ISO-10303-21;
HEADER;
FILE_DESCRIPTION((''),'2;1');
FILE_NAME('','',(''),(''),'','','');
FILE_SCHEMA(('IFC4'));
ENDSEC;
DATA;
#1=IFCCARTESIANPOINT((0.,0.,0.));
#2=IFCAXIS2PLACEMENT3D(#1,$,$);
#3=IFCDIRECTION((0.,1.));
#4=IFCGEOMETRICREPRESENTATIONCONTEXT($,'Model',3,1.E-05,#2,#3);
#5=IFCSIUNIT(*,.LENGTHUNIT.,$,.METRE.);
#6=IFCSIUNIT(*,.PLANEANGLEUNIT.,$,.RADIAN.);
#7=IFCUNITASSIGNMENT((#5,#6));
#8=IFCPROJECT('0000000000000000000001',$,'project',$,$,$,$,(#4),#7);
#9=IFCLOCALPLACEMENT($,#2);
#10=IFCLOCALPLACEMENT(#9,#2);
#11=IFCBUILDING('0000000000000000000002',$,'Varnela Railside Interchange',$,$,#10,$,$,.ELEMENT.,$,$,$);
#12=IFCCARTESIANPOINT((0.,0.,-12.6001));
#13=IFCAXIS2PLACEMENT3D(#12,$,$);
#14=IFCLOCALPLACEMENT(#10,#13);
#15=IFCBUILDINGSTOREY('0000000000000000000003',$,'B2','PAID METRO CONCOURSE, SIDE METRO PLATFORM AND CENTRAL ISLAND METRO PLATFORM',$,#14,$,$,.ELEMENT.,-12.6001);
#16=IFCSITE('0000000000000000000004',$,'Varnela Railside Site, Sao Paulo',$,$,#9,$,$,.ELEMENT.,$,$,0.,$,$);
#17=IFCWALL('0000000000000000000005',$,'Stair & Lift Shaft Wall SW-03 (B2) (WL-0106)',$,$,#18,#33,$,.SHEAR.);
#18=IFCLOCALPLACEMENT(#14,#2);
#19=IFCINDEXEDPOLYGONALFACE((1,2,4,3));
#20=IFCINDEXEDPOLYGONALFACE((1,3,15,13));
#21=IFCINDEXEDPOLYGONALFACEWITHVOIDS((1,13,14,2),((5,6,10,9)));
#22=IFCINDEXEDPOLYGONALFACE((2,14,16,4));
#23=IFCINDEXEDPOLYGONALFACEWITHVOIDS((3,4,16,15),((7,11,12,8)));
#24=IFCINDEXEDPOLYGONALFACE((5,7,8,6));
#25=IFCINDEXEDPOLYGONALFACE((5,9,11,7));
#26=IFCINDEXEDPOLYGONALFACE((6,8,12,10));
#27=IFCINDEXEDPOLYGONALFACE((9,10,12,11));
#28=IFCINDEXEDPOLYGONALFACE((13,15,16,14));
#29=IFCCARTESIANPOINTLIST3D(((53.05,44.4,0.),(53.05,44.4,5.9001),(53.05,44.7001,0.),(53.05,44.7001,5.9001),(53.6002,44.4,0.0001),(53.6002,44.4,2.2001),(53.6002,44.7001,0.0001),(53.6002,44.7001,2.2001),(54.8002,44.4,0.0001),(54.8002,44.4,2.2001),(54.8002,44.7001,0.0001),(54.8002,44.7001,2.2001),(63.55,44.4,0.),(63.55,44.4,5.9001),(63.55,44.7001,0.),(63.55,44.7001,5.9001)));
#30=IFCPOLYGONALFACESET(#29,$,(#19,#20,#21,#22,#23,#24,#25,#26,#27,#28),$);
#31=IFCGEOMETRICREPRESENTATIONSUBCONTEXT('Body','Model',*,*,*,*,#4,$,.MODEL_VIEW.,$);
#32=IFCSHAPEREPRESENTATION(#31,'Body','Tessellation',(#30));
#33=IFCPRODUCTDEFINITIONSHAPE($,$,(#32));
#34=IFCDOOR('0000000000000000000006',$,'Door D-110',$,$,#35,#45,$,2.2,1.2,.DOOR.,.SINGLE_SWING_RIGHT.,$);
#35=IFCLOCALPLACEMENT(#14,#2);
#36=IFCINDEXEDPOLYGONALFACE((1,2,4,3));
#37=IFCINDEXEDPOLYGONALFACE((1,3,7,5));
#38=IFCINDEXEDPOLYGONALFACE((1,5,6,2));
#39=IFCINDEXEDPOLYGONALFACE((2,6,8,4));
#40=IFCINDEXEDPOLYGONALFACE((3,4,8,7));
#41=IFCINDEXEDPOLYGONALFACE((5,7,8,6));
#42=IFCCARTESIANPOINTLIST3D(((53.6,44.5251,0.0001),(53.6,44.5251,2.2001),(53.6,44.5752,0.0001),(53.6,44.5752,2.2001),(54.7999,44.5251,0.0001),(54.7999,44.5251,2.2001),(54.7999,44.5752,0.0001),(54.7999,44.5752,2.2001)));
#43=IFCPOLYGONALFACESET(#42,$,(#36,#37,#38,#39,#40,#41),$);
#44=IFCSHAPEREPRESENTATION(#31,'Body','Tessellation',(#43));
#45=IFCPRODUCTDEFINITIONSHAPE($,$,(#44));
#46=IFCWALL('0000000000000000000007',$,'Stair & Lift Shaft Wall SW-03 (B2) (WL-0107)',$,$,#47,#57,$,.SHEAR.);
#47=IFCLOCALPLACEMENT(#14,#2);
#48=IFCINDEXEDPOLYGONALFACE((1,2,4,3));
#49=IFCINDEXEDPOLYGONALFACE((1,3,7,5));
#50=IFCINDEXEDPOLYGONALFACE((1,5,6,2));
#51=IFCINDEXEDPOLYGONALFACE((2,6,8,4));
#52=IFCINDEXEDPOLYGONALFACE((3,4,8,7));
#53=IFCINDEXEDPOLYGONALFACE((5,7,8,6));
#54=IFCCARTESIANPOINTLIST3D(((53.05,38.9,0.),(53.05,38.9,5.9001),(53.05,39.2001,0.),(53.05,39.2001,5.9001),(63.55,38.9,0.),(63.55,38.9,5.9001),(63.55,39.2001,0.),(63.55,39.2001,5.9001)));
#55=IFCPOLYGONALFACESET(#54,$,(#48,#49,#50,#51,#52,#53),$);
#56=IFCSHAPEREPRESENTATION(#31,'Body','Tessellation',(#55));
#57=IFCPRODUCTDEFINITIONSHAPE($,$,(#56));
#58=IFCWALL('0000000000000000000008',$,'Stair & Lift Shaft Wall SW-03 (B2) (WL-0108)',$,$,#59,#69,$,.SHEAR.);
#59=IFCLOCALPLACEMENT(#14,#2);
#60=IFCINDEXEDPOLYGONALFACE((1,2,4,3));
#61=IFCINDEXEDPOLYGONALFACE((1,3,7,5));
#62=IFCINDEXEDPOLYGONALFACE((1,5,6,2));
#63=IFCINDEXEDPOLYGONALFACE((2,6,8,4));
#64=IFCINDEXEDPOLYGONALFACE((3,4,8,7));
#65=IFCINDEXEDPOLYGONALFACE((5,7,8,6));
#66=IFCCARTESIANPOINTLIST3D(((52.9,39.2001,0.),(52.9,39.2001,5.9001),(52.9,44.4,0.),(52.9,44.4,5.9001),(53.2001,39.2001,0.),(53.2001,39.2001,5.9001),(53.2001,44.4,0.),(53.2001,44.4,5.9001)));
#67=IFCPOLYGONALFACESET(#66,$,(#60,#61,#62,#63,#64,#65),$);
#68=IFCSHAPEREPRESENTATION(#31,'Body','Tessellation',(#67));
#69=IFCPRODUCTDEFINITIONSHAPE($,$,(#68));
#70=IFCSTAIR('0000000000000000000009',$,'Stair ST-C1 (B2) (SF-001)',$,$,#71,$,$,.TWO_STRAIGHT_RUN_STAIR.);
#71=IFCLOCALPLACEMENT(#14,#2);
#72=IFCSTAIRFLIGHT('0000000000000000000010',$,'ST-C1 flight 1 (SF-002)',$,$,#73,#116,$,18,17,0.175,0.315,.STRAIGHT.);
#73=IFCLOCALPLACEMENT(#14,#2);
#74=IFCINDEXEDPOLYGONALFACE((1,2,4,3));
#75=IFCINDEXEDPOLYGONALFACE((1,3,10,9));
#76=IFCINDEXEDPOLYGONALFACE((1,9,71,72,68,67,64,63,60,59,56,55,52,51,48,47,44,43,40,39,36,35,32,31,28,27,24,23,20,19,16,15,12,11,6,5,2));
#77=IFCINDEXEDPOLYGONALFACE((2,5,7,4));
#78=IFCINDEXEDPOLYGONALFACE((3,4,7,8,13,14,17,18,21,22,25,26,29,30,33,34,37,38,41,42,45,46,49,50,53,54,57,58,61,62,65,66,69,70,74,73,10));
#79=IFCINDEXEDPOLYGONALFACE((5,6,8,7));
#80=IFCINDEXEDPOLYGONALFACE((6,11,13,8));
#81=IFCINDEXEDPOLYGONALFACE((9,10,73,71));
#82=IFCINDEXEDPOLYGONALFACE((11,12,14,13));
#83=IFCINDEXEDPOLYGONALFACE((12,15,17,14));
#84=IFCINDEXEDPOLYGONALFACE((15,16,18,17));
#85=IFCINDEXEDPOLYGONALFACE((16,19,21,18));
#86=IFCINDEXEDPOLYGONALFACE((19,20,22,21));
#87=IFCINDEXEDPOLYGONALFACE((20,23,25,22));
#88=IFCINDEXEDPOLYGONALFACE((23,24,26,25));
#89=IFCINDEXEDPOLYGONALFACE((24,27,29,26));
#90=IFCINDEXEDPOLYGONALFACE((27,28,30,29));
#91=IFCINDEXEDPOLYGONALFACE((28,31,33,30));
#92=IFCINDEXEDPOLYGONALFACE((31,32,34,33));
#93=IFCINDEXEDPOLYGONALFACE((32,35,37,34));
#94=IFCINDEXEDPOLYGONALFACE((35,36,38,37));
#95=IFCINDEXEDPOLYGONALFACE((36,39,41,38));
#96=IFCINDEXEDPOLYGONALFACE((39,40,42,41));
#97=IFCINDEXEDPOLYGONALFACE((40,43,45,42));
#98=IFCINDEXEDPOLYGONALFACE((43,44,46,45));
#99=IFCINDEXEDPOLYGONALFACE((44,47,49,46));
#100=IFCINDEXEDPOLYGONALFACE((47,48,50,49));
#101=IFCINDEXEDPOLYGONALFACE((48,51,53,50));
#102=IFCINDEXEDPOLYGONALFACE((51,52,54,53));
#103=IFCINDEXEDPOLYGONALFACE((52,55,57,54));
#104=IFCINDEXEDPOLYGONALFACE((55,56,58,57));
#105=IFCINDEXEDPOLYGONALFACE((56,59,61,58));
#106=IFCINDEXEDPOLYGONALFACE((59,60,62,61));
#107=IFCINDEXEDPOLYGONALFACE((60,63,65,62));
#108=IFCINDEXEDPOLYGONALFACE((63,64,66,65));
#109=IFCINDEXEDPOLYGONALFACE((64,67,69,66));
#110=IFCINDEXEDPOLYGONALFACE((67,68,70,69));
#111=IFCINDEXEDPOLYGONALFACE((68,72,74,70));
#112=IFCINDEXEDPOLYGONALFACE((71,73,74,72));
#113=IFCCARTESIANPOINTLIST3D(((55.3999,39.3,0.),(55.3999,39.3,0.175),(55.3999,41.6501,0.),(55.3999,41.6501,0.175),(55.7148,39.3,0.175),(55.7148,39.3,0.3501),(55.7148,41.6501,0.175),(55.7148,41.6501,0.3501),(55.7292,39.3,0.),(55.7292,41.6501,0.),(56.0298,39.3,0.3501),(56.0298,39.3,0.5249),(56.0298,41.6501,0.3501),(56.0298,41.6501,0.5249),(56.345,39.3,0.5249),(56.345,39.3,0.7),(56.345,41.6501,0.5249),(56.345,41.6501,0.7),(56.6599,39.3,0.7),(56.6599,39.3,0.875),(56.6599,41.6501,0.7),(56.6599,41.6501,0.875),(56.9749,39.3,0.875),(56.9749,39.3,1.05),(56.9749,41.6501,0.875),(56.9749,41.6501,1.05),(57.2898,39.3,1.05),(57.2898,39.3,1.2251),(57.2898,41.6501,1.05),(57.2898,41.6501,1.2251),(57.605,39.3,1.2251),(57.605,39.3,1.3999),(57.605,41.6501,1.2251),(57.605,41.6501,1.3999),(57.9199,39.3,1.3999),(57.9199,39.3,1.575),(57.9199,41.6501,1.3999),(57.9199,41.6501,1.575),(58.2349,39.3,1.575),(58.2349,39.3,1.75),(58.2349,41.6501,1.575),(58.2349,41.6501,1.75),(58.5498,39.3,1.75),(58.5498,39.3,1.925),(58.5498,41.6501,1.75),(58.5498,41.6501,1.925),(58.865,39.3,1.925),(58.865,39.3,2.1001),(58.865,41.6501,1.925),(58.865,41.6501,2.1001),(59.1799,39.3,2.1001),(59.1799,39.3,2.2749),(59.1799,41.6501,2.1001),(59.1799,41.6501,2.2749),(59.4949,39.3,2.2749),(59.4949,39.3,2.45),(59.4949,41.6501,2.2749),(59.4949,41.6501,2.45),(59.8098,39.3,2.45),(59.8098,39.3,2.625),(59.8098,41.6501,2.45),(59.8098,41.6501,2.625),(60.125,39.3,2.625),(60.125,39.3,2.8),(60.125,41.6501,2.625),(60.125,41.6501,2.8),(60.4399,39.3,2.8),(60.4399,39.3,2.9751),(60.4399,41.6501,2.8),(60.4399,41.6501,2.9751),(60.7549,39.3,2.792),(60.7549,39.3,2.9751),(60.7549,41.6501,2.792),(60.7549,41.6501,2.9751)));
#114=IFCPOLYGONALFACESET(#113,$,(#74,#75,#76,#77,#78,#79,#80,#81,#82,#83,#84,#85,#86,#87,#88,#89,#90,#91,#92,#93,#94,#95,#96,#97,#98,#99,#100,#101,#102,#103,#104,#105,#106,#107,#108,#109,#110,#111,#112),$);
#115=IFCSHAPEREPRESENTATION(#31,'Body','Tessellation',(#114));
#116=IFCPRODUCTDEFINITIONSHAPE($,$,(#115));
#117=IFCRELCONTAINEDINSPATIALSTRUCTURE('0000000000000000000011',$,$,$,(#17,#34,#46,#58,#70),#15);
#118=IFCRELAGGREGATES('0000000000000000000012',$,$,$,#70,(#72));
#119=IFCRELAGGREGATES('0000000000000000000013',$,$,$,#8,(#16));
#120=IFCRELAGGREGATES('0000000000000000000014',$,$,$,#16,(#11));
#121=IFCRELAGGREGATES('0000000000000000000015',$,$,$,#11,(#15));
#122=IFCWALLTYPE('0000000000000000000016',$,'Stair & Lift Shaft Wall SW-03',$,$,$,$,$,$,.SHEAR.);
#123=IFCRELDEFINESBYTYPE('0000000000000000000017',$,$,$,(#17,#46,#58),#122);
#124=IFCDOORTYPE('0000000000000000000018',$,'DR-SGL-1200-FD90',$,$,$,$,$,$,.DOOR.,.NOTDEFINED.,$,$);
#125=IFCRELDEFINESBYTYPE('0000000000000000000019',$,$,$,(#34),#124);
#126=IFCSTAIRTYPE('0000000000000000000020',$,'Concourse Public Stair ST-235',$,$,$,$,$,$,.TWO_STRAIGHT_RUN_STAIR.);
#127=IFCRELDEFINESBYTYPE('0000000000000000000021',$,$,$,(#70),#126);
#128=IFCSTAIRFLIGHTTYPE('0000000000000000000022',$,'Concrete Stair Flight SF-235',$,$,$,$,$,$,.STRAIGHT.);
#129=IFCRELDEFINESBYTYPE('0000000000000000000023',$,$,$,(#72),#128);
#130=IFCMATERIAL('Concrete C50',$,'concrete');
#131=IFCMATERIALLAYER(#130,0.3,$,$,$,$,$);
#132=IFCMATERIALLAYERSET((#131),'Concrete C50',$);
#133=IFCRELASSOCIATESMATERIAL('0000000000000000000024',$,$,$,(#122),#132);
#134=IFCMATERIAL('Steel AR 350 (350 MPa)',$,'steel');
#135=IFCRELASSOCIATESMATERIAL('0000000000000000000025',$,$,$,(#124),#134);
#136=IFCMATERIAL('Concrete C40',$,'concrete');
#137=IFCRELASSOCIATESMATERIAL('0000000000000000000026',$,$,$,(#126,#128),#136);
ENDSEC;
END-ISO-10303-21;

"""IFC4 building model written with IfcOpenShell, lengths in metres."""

from ifc_helpers import new_model, si_unit, direction, frame, frame_2d, origin, place, context, subcontext, project, spatial, polyline, rectangle, outline, extrude, material, layer, layer_set, type_object, element, fill, aggregate, save


model = new_model("IFC4")

# Units and contexts
model_context = context("Model", 3, precision=1e-05, world=origin(), true_north=direction((0.0, 1.0)))
body_context = subcontext(model_context, "Body", "Model", "MODEL_VIEW")
ifc_project = project(units=[si_unit("LENGTHUNIT", "METRE"), si_unit("PLANEANGLEUNIT", "RADIAN")], contexts=[model_context])

# Site, building, storey
site_placement = place(None, origin())
site = spatial("IfcSite", under=ifc_project, at=site_placement, Name="Varnela Railside Site, Sao Paulo", CompositionType="ELEMENT", RefElevation=0.0)
building_placement = place(site_placement, origin())
building = spatial("IfcBuilding", under=site, at=building_placement, Name="Varnela Railside Interchange", CompositionType="ELEMENT")
storey_placement = place(building_placement, frame((0.0, 0.0, -12.6001)))
storey = spatial("IfcBuildingStorey", under=building, at=storey_placement, Name="B2", Description="PAID METRO CONCOURSE, SIDE METRO PLATFORM AND CENTRAL ISLAND METRO PLATFORM", CompositionType="ELEMENT", Elevation=-12.6001)

# Shared definitions
ifc_material_1 = material(Name="Concrete C40", Category="concrete")

# Shared definitions
ifc_material_2 = material(Name="Concrete C50", Category="concrete")

# Wall, opening, door
ifc_layer = layer(ifc_material_2, 0.3)
ifc_layer_set = layer_set([ifc_layer], Name="Concrete C50")
wall_type = type_object("IfcWallType", Name="Stair & Lift Shaft Wall SW-03", PredefinedType="SHEAR", material=ifc_layer_set)
wall_1_placement = place(storey_placement, frame((53.05, 44.55, 0.0), z_axis=(0.0, 0.0, 1.0), x_axis=(1.0, 0.0, 0.0)))
wall_1 = element("IfcWall", 1, at=wall_1_placement, inside=storey, type_object=wall_type, Name="Stair & Lift Shaft Wall SW-03 (B2) (WL-0106)", PredefinedType="SHEAR", context=body_context, shape_type="SweptSolid", body=[
    extrude(rectangle(XDim=10.5, YDim=0.3, at=frame_2d((5.25, 0.0))), origin(), (0.0, 0.0, 1.0), 5.9001),
])
opening_placement = place(wall_1_placement, frame((0.55, 0.0, 0.0)))
opening = element("IfcOpeningElement", 2, at=opening_placement, cuts=wall_1, PredefinedType="OPENING", context=body_context, shape_type="SweptSolid", body=[
    extrude(rectangle(XDim=1.2, YDim=2.2, at=frame_2d((0.6001, 1.1001))), frame((0.0, 0.1599, 0.0), z_axis=(0.0, -1.0, 0.0), x_axis=(1.0, 0.0, 0.0)), (0.0, 0.0, 1.0), 0.3201),
])
ifc_material_3 = material(Name="Steel AR 350 (350 MPa)", Category="steel")
door_type = type_object("IfcDoorType", Name="DR-SGL-1200-FD90", OperationType="NOTDEFINED", PredefinedType="DOOR", material=ifc_material_3)
door_placement = place(opening_placement, frame((1.2, 0.0, 0.0), z_axis=(0.0, 0.0, 1.0), x_axis=(-1.0, 0.0, 0.0)))
door = element("IfcDoor", 3, at=door_placement, inside=storey, type_object=door_type, Name="Door D-110", OperationType="SINGLE_SWING_RIGHT", OverallHeight=2.2, OverallWidth=1.2, PredefinedType="DOOR", context=body_context, shape_type="SweptSolid", body=[
    extrude(rectangle(XDim=1.2, YDim=2.2, at=frame_2d((0.6001, 1.1001))), frame((0.0, 0.0249, 0.0), z_axis=(0.0, -1.0, 0.0), x_axis=(1.0, 0.0, 0.0)), (0.0, 0.0, 1.0), 0.05),
])
fill(opening, door)

# Walls
wall_2_placement = place(storey_placement, frame((53.05, 39.05, 0.0), z_axis=(0.0, 0.0, 1.0), x_axis=(1.0, 0.0, 0.0)))
element("IfcWall", 4, at=wall_2_placement, inside=storey, type_object=wall_type, Name="Stair & Lift Shaft Wall SW-03 (B2) (WL-0107)", PredefinedType="SHEAR", context=body_context, shape_type="SweptSolid", body=[
    extrude(rectangle(XDim=10.5, YDim=0.3, at=frame_2d((5.25, 0.0))), origin(), (0.0, 0.0, 1.0), 5.9001),
])
wall_3_placement = place(storey_placement, frame((53.05, 39.2, 0.0), z_axis=(0.0, 0.0, 1.0), x_axis=(0.0, 1.0, 0.0)))
element("IfcWall", 5, at=wall_3_placement, inside=storey, type_object=wall_type, Name="Stair & Lift Shaft Wall SW-03 (B2) (WL-0108)", PredefinedType="SHEAR", context=body_context, shape_type="SweptSolid", body=[
    extrude(rectangle(XDim=5.2, YDim=0.3, at=frame_2d((2.6001, 0.0))), origin(), (0.0, 0.0, 1.0), 5.9001),
])

# Stair, stair flight
stair_type = type_object("IfcStairType", Name="Concourse Public Stair ST-235", PredefinedType="TWO_STRAIGHT_RUN_STAIR", material=ifc_material_1)
stair_placement = place(storey_placement, origin())
stair = element("IfcStair", 6, at=stair_placement, inside=storey, type_object=stair_type, Name="Stair ST-C1 (B2) (SF-001)", PredefinedType="TWO_STRAIGHT_RUN_STAIR")
stair_flight_type = type_object("IfcStairFlightType", Name="Concrete Stair Flight SF-235", PredefinedType="STRAIGHT", material=ifc_material_1)
stair_flight_placement = place(storey_placement, frame((55.3999, 40.4751, 0.0), z_axis=(0.0, 0.0, 1.0), x_axis=(1.0, 0.0, 0.0)))
stair_flight = element("IfcStairFlight", 7, at=stair_flight_placement, type_object=stair_flight_type, Name="ST-C1 flight 1 (SF-002)", NumberOfRisers=18, NumberOfTreads=17, PredefinedType="STRAIGHT", RiserHeight=0.175, TreadLength=0.315, context=body_context, shape_type="SweptSolid", body=[
    extrude(outline(polyline([(0.0, 0.0), (0.0, 0.175), (0.3149, 0.175), (0.3149, 0.3501), (0.6299, 0.3501), (0.6299, 0.5249), (0.9451, 0.5249), (0.9451, 0.7), (1.26, 0.7), (1.26, 0.875), (1.575, 0.875), (1.575, 1.05), (1.8899, 1.05), (1.8899, 1.2251), (2.2051, 1.2251), (2.2051, 1.3999), (2.52, 1.3999), (2.52, 1.575), (2.835, 1.575), (2.835, 1.75), (3.1499, 1.75), (3.1499, 1.925), (3.4651, 1.925), (3.4651, 2.1001), (3.78, 2.1001), (3.78, 2.2749), (4.095, 2.2749), (4.095, 2.45), (4.4099, 2.45), (4.4099, 2.625), (4.7251, 2.625), (4.7251, 2.8), (5.04, 2.8), (5.04, 2.9751), (5.355, 2.9751), (5.355, 3.1499), (5.355, 2.792), (0.3293, 0.0), (0.0, 0.0)])), frame((0.0, 1.175, 0.0), z_axis=(0.0, -1.0, 0.0), x_axis=(1.0, 0.0, 0.0)), (0.0, 0.0, 1.0), 2.3501),
])
aggregate(stair, [stair_flight])

save(model, "model.ifc")
